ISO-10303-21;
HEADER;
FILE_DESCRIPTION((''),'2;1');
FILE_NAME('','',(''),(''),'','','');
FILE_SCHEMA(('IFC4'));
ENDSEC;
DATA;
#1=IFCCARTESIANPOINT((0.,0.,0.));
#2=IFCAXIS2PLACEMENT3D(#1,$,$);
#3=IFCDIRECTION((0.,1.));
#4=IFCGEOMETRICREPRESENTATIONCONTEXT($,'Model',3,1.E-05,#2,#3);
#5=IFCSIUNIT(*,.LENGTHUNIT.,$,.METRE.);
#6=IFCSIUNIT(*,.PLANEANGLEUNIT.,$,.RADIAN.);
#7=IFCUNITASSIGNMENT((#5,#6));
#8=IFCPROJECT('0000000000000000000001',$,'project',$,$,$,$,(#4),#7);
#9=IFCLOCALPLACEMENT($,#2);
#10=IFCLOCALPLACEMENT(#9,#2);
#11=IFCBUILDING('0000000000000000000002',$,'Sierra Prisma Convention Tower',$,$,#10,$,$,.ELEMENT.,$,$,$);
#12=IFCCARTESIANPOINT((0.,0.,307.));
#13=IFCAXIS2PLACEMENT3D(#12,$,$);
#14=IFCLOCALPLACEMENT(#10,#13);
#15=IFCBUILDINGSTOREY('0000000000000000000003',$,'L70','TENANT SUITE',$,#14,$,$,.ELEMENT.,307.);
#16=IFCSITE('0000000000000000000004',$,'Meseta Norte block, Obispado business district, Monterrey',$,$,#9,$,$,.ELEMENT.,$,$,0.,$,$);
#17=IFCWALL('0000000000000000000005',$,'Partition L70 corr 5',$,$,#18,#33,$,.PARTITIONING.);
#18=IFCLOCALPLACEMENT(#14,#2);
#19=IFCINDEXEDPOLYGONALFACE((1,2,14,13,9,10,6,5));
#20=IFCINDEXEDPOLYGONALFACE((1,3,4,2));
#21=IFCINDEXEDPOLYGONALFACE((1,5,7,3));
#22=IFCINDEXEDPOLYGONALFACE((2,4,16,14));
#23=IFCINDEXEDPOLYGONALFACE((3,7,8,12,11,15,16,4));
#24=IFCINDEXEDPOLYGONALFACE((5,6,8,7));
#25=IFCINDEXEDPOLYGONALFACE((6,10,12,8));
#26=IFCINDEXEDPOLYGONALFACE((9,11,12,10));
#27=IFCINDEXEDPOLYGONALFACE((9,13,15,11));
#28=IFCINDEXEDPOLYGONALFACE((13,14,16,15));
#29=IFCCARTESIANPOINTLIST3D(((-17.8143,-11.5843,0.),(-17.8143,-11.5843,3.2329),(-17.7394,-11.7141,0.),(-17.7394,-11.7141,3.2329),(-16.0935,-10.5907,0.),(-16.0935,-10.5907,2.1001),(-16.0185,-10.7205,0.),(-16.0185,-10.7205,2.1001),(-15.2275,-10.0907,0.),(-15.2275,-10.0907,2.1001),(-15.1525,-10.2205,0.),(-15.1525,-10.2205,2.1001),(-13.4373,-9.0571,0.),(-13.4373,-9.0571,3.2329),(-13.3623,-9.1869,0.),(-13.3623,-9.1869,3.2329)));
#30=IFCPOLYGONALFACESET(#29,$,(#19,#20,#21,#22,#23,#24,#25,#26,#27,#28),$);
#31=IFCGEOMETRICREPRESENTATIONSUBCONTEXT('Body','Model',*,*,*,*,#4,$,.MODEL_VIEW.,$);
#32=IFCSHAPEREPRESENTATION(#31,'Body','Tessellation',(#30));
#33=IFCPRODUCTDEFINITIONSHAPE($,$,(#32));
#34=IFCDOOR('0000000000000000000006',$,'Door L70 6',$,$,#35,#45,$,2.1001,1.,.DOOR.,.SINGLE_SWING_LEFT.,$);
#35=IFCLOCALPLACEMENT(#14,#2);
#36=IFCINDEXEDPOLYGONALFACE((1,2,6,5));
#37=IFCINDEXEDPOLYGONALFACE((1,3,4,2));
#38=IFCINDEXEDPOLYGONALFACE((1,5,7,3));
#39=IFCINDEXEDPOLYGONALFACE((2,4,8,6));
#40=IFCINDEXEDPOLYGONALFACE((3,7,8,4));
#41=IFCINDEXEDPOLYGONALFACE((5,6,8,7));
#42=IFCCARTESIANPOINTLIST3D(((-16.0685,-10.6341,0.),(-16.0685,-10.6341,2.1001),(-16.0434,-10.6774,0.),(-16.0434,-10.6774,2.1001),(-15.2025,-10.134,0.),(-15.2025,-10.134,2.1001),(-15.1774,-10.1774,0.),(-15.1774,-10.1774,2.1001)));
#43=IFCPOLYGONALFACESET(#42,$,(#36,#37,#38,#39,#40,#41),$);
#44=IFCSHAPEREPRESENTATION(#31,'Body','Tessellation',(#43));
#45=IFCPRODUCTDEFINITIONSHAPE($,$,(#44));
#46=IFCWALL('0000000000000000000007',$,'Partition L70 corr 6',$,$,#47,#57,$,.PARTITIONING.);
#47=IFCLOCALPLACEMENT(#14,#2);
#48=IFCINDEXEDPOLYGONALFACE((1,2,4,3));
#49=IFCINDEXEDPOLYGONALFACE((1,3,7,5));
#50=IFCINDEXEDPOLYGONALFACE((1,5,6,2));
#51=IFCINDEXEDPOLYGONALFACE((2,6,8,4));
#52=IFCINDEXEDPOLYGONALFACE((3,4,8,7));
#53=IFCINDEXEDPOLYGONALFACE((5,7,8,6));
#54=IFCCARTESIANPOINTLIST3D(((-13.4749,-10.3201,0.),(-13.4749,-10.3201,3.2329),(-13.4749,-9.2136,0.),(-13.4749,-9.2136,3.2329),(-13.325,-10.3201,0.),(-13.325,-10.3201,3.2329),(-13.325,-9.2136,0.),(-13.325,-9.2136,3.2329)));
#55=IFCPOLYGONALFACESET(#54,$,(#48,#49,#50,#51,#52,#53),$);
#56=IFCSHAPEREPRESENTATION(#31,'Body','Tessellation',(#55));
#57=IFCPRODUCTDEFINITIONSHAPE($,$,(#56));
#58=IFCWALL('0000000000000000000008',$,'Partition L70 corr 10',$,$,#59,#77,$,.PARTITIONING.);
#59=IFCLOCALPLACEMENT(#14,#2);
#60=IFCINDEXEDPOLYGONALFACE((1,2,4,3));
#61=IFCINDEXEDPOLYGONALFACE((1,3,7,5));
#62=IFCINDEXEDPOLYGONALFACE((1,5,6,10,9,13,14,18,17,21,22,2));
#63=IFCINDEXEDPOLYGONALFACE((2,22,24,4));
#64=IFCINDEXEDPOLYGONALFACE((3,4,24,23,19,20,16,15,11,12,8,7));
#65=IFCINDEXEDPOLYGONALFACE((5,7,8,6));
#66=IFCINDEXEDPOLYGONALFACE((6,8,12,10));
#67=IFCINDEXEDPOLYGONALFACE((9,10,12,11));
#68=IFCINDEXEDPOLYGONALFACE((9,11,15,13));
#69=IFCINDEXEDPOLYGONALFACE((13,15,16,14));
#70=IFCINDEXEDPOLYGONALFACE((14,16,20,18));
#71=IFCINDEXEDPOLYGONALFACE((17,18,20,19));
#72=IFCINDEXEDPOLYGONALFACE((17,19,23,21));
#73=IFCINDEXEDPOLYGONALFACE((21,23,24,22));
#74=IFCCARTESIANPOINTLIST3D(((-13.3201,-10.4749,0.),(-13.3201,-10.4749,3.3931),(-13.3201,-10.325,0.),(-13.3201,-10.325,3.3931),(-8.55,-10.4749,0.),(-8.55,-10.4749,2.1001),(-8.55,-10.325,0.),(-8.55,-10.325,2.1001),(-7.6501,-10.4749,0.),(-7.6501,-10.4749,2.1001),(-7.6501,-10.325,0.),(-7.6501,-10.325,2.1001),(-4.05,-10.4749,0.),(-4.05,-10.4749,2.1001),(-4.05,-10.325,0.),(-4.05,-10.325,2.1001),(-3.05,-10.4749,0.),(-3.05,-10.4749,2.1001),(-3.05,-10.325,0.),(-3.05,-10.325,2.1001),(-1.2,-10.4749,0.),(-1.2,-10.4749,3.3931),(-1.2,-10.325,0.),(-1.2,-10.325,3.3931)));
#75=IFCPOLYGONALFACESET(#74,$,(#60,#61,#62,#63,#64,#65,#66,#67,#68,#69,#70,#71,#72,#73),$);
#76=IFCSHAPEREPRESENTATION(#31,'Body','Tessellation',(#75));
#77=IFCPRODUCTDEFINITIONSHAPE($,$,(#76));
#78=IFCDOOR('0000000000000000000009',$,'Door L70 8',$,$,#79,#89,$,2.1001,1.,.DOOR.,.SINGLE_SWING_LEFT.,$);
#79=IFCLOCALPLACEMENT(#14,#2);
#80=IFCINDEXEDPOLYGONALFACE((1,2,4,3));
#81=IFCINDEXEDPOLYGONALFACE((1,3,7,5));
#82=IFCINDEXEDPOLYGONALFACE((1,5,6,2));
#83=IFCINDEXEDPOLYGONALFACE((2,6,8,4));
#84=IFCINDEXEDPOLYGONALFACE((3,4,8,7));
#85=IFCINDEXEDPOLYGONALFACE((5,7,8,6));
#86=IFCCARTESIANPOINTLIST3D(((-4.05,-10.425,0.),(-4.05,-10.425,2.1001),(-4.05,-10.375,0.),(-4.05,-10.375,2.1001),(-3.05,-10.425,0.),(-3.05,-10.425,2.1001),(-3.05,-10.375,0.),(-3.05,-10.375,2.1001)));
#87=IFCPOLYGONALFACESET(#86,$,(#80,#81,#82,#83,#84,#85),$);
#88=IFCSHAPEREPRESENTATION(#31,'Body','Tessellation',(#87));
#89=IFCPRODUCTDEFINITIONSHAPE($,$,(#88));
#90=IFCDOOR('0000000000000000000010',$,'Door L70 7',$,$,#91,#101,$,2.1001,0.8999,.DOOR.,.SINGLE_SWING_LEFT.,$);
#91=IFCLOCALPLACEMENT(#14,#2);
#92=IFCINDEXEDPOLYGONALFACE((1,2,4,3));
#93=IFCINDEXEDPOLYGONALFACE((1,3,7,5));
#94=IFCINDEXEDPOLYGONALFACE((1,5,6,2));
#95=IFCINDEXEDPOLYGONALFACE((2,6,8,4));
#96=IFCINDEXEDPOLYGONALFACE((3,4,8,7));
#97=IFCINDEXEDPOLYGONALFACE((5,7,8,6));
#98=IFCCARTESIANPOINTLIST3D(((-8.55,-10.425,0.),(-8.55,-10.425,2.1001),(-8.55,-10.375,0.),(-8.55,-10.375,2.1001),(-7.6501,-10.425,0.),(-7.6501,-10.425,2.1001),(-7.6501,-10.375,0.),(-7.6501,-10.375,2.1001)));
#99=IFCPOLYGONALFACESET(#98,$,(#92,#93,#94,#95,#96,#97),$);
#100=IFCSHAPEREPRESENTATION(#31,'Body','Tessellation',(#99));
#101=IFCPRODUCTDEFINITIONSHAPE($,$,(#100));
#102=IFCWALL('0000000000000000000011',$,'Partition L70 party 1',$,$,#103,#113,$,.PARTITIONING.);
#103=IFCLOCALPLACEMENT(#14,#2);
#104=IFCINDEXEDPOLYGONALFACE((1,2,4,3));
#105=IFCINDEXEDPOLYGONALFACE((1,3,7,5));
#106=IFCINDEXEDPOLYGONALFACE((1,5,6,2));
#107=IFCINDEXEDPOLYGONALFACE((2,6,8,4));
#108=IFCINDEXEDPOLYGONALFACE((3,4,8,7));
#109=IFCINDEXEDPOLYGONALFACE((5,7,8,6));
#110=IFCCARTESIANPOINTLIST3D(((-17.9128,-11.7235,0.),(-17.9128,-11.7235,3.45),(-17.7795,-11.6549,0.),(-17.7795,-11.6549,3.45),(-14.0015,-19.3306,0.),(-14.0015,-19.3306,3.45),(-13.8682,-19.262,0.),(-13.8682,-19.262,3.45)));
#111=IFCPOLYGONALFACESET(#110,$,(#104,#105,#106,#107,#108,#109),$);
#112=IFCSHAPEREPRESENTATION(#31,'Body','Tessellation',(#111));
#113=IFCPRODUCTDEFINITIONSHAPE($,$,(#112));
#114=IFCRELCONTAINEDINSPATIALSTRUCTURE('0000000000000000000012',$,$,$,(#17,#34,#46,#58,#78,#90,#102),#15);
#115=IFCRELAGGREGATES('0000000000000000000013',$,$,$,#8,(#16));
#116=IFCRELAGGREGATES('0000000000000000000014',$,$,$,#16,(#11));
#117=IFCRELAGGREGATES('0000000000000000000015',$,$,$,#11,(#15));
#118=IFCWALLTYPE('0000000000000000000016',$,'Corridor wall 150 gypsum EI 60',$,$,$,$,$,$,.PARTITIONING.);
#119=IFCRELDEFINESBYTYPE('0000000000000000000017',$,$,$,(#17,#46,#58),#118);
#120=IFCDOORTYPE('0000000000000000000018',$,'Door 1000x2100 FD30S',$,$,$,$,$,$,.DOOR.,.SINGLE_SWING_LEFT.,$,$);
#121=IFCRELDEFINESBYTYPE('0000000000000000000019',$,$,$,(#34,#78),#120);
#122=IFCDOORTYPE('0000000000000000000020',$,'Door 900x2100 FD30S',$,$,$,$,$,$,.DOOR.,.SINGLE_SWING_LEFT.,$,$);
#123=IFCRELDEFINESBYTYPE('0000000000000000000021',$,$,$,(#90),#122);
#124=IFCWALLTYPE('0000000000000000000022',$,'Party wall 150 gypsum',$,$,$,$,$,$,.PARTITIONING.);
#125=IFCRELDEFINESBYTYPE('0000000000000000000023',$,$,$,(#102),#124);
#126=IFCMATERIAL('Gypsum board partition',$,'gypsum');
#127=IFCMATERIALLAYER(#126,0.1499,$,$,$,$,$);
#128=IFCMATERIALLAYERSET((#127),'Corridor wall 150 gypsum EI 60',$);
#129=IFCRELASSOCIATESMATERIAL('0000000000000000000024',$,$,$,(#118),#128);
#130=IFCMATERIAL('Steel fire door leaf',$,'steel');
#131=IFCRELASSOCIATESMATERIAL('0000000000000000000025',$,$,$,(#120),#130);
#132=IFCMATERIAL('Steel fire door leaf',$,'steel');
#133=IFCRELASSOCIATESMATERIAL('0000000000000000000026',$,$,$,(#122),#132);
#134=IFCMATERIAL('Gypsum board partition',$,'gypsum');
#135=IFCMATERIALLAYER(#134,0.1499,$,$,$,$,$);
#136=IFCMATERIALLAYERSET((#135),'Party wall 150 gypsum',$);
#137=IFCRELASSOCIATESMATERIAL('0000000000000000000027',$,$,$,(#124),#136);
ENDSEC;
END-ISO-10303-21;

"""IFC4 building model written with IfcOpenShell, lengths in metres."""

from ifc_helpers import new_model, si_unit, direction, frame, frame_2d, origin, place, context, subcontext, project, spatial, rectangle, extrude, material, layer, layer_set, type_object, element, fill, save


model = new_model("IFC4")

# Units and contexts
model_context = context("Model", 3, precision=1e-05, world=origin(), true_north=direction((0.0, 1.0)))
body_context = subcontext(model_context, "Body", "Model", "MODEL_VIEW")
ifc_project = project(units=[si_unit("LENGTHUNIT", "METRE"), si_unit("PLANEANGLEUNIT", "RADIAN")], contexts=[model_context])

# Site, building, storey
site_placement = place(None, origin())
site = spatial("IfcSite", under=ifc_project, at=site_placement, Name="Meseta Norte block, Obispado business district, Monterrey", CompositionType="ELEMENT", RefElevation=0.0)
building_placement = place(site_placement, origin())
building = spatial("IfcBuilding", under=site, at=building_placement, Name="Sierra Prisma Convention Tower", CompositionType="ELEMENT")
storey_placement = place(building_placement, frame((0.0, 0.0, 307.0)))
storey = spatial("IfcBuildingStorey", under=building, at=storey_placement, Name="L70", Description="TENANT SUITE", CompositionType="ELEMENT", Elevation=307.0)

# Shared definitions
ifc_material_1 = material(Name="Gypsum board partition", Category="gypsum")
ifc_layer_1 = layer(ifc_material_1, 0.1499)
ifc_layer_set_1 = layer_set([ifc_layer_1], Name="Corridor wall 150 gypsum EI 60")
wall_type_1 = type_object("IfcWallType", Name="Corridor wall 150 gypsum EI 60", PredefinedType="PARTITIONING", material=ifc_layer_set_1)

# Wall, opening, door
wall_1_placement = place(storey_placement, frame((-17.7769, -11.6492, 0.0), z_axis=(0.0, 0.0, 1.0), x_axis=(0.86602, 0.50001, 0.0)))
wall_1 = element("IfcWall", 1, at=wall_1_placement, inside=storey, type_object=wall_type_1, Name="Partition L70 corr 5", PredefinedType="PARTITIONING", context=body_context, shape_type="SweptSolid", body=[
    extrude(rectangle(XDim=5.0542, YDim=0.1499, at=frame_2d((2.5271, 0.0))), origin(), (0.0, 0.0, 1.0), 3.2329),
])
opening_1_placement = place(wall_1_placement, frame((1.9871, 0.0, 0.0)))
opening_1 = element("IfcOpeningElement", 2, at=opening_1_placement, cuts=wall_1, PredefinedType="OPENING", context=body_context, shape_type="SweptSolid", body=[
    extrude(rectangle(XDim=1.0, YDim=2.1001, at=frame_2d((0.5, 1.05))), frame((0.0, 0.075, 0.0), z_axis=(0.0, -1.0, 0.0), x_axis=(1.0, 0.0, 0.0)), (0.0, 0.0, 1.0), 0.1499),
])
ifc_material_2 = material(Name="Steel fire door leaf", Category="steel")
door_type_1 = type_object("IfcDoorType", Name="Door 1000x2100 FD30S", OperationType="SINGLE_SWING_LEFT", PredefinedType="DOOR", material=ifc_material_2)
door_1_placement = place(opening_1_placement, origin())
door_1 = element("IfcDoor", 3, at=door_1_placement, inside=storey, type_object=door_type_1, Name="Door L70 6", OperationType="SINGLE_SWING_LEFT", OverallHeight=2.1001, OverallWidth=1.0, PredefinedType="DOOR", context=body_context, shape_type="SweptSolid", body=[
    extrude(rectangle(XDim=1.0, YDim=2.1001, at=frame_2d((0.5, 1.05))), frame((0.0, 0.0249, 0.0), z_axis=(0.0, -1.0, 0.0), x_axis=(1.0, 0.0, 0.0)), (0.0, 0.0, 1.0), 0.05),
])
fill(opening_1, door_1)

# Wall
wall_2_placement = place(storey_placement, frame((-13.3999, -9.2136, 0.0), z_axis=(0.0, 0.0, 1.0), x_axis=(0.0, -1.0, 0.0)))
element("IfcWall", 4, at=wall_2_placement, inside=storey, type_object=wall_type_1, Name="Partition L70 corr 6", PredefinedType="PARTITIONING", context=body_context, shape_type="SweptSolid", body=[
    extrude(rectangle(XDim=1.1064, YDim=0.1499, at=frame_2d((0.5532, 0.0))), origin(), (0.0, 0.0, 1.0), 3.2329),
])

# Wall, openings, doors
wall_3_placement = place(storey_placement, frame((-13.3201, -10.3999, 0.0), z_axis=(0.0, 0.0, 1.0), x_axis=(1.0, 0.0, 0.0)))
wall_3 = element("IfcWall", 5, at=wall_3_placement, inside=storey, type_object=wall_type_1, Name="Partition L70 corr 10", PredefinedType="PARTITIONING", context=body_context, shape_type="SweptSolid", body=[
    extrude(rectangle(XDim=12.1201, YDim=0.1499, at=frame_2d((6.0601, 0.0))), origin(), (0.0, 0.0, 1.0), 3.3931),
])
opening_2_placement = place(wall_3_placement, frame((4.77, 0.0, 0.0)))
opening_2 = element("IfcOpeningElement", 6, at=opening_2_placement, cuts=wall_3, PredefinedType="OPENING", context=body_context, shape_type="SweptSolid", body=[
    extrude(rectangle(XDim=0.8999, YDim=2.1001, at=frame_2d((0.45, 1.05))), frame((0.0, 0.075, 0.0), z_axis=(0.0, -1.0, 0.0), x_axis=(1.0, 0.0, 0.0)), (0.0, 0.0, 1.0), 0.1499),
])
opening_3_placement = place(wall_3_placement, frame((9.27, 0.0, 0.0)))
opening_3 = element("IfcOpeningElement", 7, at=opening_3_placement, cuts=wall_3, PredefinedType="OPENING", context=body_context, shape_type="SweptSolid", body=[
    extrude(rectangle(XDim=1.0, YDim=2.1001, at=frame_2d((0.5, 1.05))), frame((0.0, 0.075, 0.0), z_axis=(0.0, -1.0, 0.0), x_axis=(1.0, 0.0, 0.0)), (0.0, 0.0, 1.0), 0.1499),
])
door_2_placement = place(opening_3_placement, origin())
door_2 = element("IfcDoor", 8, at=door_2_placement, inside=storey, type_object=door_type_1, Name="Door L70 8", OperationType="SINGLE_SWING_LEFT", OverallHeight=2.1001, OverallWidth=1.0, PredefinedType="DOOR", context=body_context, shape_type="SweptSolid", body=[
    extrude(rectangle(XDim=1.0, YDim=2.1001, at=frame_2d((0.5, 1.05))), frame((0.0, 0.0249, 0.0), z_axis=(0.0, -1.0, 0.0), x_axis=(1.0, 0.0, 0.0)), (0.0, 0.0, 1.0), 0.05),
])
fill(opening_3, door_2)
ifc_material_3 = material(Name="Steel fire door leaf", Category="steel")
door_type_2 = type_object("IfcDoorType", Name="Door 900x2100 FD30S", OperationType="SINGLE_SWING_LEFT", PredefinedType="DOOR", material=ifc_material_3)
door_3_placement = place(opening_2_placement, origin())
door_3 = element("IfcDoor", 9, at=door_3_placement, inside=storey, type_object=door_type_2, Name="Door L70 7", OperationType="SINGLE_SWING_LEFT", OverallHeight=2.1001, OverallWidth=0.8999, PredefinedType="DOOR", context=body_context, shape_type="SweptSolid", body=[
    extrude(rectangle(XDim=0.8999, YDim=2.1001, at=frame_2d((0.45, 1.05))), frame((0.0, 0.0249, 0.0), z_axis=(0.0, -1.0, 0.0), x_axis=(1.0, 0.0, 0.0)), (0.0, 0.0, 1.0), 0.05),
])
fill(opening_2, door_3)

# Wall
ifc_material_4 = material(Name="Gypsum board partition", Category="gypsum")
ifc_layer_2 = layer(ifc_material_4, 0.1499)
ifc_layer_set_2 = layer_set([ifc_layer_2], Name="Party wall 150 gypsum")
wall_type_2 = type_object("IfcWallType", Name="Party wall 150 gypsum", PredefinedType="PARTITIONING", material=ifc_layer_set_2)
wall_4_placement = place(storey_placement, frame((-17.8462, -11.6892, 0.0), z_axis=(0.0, 0.0, 1.0), x_axis=(0.457266, -0.88933, 0.0)))
element("IfcWall", 10, at=wall_4_placement, inside=storey, type_object=wall_type_2, Name="Partition L70 party 1", PredefinedType="PARTITIONING", context=body_context, shape_type="SweptSolid", body=[
    extrude(rectangle(XDim=8.5537, YDim=0.1499, at=frame_2d((4.2769, 0.0))), origin(), (0.0, 0.0, 1.0), 3.45),
])

save(model, "model.ifc")
